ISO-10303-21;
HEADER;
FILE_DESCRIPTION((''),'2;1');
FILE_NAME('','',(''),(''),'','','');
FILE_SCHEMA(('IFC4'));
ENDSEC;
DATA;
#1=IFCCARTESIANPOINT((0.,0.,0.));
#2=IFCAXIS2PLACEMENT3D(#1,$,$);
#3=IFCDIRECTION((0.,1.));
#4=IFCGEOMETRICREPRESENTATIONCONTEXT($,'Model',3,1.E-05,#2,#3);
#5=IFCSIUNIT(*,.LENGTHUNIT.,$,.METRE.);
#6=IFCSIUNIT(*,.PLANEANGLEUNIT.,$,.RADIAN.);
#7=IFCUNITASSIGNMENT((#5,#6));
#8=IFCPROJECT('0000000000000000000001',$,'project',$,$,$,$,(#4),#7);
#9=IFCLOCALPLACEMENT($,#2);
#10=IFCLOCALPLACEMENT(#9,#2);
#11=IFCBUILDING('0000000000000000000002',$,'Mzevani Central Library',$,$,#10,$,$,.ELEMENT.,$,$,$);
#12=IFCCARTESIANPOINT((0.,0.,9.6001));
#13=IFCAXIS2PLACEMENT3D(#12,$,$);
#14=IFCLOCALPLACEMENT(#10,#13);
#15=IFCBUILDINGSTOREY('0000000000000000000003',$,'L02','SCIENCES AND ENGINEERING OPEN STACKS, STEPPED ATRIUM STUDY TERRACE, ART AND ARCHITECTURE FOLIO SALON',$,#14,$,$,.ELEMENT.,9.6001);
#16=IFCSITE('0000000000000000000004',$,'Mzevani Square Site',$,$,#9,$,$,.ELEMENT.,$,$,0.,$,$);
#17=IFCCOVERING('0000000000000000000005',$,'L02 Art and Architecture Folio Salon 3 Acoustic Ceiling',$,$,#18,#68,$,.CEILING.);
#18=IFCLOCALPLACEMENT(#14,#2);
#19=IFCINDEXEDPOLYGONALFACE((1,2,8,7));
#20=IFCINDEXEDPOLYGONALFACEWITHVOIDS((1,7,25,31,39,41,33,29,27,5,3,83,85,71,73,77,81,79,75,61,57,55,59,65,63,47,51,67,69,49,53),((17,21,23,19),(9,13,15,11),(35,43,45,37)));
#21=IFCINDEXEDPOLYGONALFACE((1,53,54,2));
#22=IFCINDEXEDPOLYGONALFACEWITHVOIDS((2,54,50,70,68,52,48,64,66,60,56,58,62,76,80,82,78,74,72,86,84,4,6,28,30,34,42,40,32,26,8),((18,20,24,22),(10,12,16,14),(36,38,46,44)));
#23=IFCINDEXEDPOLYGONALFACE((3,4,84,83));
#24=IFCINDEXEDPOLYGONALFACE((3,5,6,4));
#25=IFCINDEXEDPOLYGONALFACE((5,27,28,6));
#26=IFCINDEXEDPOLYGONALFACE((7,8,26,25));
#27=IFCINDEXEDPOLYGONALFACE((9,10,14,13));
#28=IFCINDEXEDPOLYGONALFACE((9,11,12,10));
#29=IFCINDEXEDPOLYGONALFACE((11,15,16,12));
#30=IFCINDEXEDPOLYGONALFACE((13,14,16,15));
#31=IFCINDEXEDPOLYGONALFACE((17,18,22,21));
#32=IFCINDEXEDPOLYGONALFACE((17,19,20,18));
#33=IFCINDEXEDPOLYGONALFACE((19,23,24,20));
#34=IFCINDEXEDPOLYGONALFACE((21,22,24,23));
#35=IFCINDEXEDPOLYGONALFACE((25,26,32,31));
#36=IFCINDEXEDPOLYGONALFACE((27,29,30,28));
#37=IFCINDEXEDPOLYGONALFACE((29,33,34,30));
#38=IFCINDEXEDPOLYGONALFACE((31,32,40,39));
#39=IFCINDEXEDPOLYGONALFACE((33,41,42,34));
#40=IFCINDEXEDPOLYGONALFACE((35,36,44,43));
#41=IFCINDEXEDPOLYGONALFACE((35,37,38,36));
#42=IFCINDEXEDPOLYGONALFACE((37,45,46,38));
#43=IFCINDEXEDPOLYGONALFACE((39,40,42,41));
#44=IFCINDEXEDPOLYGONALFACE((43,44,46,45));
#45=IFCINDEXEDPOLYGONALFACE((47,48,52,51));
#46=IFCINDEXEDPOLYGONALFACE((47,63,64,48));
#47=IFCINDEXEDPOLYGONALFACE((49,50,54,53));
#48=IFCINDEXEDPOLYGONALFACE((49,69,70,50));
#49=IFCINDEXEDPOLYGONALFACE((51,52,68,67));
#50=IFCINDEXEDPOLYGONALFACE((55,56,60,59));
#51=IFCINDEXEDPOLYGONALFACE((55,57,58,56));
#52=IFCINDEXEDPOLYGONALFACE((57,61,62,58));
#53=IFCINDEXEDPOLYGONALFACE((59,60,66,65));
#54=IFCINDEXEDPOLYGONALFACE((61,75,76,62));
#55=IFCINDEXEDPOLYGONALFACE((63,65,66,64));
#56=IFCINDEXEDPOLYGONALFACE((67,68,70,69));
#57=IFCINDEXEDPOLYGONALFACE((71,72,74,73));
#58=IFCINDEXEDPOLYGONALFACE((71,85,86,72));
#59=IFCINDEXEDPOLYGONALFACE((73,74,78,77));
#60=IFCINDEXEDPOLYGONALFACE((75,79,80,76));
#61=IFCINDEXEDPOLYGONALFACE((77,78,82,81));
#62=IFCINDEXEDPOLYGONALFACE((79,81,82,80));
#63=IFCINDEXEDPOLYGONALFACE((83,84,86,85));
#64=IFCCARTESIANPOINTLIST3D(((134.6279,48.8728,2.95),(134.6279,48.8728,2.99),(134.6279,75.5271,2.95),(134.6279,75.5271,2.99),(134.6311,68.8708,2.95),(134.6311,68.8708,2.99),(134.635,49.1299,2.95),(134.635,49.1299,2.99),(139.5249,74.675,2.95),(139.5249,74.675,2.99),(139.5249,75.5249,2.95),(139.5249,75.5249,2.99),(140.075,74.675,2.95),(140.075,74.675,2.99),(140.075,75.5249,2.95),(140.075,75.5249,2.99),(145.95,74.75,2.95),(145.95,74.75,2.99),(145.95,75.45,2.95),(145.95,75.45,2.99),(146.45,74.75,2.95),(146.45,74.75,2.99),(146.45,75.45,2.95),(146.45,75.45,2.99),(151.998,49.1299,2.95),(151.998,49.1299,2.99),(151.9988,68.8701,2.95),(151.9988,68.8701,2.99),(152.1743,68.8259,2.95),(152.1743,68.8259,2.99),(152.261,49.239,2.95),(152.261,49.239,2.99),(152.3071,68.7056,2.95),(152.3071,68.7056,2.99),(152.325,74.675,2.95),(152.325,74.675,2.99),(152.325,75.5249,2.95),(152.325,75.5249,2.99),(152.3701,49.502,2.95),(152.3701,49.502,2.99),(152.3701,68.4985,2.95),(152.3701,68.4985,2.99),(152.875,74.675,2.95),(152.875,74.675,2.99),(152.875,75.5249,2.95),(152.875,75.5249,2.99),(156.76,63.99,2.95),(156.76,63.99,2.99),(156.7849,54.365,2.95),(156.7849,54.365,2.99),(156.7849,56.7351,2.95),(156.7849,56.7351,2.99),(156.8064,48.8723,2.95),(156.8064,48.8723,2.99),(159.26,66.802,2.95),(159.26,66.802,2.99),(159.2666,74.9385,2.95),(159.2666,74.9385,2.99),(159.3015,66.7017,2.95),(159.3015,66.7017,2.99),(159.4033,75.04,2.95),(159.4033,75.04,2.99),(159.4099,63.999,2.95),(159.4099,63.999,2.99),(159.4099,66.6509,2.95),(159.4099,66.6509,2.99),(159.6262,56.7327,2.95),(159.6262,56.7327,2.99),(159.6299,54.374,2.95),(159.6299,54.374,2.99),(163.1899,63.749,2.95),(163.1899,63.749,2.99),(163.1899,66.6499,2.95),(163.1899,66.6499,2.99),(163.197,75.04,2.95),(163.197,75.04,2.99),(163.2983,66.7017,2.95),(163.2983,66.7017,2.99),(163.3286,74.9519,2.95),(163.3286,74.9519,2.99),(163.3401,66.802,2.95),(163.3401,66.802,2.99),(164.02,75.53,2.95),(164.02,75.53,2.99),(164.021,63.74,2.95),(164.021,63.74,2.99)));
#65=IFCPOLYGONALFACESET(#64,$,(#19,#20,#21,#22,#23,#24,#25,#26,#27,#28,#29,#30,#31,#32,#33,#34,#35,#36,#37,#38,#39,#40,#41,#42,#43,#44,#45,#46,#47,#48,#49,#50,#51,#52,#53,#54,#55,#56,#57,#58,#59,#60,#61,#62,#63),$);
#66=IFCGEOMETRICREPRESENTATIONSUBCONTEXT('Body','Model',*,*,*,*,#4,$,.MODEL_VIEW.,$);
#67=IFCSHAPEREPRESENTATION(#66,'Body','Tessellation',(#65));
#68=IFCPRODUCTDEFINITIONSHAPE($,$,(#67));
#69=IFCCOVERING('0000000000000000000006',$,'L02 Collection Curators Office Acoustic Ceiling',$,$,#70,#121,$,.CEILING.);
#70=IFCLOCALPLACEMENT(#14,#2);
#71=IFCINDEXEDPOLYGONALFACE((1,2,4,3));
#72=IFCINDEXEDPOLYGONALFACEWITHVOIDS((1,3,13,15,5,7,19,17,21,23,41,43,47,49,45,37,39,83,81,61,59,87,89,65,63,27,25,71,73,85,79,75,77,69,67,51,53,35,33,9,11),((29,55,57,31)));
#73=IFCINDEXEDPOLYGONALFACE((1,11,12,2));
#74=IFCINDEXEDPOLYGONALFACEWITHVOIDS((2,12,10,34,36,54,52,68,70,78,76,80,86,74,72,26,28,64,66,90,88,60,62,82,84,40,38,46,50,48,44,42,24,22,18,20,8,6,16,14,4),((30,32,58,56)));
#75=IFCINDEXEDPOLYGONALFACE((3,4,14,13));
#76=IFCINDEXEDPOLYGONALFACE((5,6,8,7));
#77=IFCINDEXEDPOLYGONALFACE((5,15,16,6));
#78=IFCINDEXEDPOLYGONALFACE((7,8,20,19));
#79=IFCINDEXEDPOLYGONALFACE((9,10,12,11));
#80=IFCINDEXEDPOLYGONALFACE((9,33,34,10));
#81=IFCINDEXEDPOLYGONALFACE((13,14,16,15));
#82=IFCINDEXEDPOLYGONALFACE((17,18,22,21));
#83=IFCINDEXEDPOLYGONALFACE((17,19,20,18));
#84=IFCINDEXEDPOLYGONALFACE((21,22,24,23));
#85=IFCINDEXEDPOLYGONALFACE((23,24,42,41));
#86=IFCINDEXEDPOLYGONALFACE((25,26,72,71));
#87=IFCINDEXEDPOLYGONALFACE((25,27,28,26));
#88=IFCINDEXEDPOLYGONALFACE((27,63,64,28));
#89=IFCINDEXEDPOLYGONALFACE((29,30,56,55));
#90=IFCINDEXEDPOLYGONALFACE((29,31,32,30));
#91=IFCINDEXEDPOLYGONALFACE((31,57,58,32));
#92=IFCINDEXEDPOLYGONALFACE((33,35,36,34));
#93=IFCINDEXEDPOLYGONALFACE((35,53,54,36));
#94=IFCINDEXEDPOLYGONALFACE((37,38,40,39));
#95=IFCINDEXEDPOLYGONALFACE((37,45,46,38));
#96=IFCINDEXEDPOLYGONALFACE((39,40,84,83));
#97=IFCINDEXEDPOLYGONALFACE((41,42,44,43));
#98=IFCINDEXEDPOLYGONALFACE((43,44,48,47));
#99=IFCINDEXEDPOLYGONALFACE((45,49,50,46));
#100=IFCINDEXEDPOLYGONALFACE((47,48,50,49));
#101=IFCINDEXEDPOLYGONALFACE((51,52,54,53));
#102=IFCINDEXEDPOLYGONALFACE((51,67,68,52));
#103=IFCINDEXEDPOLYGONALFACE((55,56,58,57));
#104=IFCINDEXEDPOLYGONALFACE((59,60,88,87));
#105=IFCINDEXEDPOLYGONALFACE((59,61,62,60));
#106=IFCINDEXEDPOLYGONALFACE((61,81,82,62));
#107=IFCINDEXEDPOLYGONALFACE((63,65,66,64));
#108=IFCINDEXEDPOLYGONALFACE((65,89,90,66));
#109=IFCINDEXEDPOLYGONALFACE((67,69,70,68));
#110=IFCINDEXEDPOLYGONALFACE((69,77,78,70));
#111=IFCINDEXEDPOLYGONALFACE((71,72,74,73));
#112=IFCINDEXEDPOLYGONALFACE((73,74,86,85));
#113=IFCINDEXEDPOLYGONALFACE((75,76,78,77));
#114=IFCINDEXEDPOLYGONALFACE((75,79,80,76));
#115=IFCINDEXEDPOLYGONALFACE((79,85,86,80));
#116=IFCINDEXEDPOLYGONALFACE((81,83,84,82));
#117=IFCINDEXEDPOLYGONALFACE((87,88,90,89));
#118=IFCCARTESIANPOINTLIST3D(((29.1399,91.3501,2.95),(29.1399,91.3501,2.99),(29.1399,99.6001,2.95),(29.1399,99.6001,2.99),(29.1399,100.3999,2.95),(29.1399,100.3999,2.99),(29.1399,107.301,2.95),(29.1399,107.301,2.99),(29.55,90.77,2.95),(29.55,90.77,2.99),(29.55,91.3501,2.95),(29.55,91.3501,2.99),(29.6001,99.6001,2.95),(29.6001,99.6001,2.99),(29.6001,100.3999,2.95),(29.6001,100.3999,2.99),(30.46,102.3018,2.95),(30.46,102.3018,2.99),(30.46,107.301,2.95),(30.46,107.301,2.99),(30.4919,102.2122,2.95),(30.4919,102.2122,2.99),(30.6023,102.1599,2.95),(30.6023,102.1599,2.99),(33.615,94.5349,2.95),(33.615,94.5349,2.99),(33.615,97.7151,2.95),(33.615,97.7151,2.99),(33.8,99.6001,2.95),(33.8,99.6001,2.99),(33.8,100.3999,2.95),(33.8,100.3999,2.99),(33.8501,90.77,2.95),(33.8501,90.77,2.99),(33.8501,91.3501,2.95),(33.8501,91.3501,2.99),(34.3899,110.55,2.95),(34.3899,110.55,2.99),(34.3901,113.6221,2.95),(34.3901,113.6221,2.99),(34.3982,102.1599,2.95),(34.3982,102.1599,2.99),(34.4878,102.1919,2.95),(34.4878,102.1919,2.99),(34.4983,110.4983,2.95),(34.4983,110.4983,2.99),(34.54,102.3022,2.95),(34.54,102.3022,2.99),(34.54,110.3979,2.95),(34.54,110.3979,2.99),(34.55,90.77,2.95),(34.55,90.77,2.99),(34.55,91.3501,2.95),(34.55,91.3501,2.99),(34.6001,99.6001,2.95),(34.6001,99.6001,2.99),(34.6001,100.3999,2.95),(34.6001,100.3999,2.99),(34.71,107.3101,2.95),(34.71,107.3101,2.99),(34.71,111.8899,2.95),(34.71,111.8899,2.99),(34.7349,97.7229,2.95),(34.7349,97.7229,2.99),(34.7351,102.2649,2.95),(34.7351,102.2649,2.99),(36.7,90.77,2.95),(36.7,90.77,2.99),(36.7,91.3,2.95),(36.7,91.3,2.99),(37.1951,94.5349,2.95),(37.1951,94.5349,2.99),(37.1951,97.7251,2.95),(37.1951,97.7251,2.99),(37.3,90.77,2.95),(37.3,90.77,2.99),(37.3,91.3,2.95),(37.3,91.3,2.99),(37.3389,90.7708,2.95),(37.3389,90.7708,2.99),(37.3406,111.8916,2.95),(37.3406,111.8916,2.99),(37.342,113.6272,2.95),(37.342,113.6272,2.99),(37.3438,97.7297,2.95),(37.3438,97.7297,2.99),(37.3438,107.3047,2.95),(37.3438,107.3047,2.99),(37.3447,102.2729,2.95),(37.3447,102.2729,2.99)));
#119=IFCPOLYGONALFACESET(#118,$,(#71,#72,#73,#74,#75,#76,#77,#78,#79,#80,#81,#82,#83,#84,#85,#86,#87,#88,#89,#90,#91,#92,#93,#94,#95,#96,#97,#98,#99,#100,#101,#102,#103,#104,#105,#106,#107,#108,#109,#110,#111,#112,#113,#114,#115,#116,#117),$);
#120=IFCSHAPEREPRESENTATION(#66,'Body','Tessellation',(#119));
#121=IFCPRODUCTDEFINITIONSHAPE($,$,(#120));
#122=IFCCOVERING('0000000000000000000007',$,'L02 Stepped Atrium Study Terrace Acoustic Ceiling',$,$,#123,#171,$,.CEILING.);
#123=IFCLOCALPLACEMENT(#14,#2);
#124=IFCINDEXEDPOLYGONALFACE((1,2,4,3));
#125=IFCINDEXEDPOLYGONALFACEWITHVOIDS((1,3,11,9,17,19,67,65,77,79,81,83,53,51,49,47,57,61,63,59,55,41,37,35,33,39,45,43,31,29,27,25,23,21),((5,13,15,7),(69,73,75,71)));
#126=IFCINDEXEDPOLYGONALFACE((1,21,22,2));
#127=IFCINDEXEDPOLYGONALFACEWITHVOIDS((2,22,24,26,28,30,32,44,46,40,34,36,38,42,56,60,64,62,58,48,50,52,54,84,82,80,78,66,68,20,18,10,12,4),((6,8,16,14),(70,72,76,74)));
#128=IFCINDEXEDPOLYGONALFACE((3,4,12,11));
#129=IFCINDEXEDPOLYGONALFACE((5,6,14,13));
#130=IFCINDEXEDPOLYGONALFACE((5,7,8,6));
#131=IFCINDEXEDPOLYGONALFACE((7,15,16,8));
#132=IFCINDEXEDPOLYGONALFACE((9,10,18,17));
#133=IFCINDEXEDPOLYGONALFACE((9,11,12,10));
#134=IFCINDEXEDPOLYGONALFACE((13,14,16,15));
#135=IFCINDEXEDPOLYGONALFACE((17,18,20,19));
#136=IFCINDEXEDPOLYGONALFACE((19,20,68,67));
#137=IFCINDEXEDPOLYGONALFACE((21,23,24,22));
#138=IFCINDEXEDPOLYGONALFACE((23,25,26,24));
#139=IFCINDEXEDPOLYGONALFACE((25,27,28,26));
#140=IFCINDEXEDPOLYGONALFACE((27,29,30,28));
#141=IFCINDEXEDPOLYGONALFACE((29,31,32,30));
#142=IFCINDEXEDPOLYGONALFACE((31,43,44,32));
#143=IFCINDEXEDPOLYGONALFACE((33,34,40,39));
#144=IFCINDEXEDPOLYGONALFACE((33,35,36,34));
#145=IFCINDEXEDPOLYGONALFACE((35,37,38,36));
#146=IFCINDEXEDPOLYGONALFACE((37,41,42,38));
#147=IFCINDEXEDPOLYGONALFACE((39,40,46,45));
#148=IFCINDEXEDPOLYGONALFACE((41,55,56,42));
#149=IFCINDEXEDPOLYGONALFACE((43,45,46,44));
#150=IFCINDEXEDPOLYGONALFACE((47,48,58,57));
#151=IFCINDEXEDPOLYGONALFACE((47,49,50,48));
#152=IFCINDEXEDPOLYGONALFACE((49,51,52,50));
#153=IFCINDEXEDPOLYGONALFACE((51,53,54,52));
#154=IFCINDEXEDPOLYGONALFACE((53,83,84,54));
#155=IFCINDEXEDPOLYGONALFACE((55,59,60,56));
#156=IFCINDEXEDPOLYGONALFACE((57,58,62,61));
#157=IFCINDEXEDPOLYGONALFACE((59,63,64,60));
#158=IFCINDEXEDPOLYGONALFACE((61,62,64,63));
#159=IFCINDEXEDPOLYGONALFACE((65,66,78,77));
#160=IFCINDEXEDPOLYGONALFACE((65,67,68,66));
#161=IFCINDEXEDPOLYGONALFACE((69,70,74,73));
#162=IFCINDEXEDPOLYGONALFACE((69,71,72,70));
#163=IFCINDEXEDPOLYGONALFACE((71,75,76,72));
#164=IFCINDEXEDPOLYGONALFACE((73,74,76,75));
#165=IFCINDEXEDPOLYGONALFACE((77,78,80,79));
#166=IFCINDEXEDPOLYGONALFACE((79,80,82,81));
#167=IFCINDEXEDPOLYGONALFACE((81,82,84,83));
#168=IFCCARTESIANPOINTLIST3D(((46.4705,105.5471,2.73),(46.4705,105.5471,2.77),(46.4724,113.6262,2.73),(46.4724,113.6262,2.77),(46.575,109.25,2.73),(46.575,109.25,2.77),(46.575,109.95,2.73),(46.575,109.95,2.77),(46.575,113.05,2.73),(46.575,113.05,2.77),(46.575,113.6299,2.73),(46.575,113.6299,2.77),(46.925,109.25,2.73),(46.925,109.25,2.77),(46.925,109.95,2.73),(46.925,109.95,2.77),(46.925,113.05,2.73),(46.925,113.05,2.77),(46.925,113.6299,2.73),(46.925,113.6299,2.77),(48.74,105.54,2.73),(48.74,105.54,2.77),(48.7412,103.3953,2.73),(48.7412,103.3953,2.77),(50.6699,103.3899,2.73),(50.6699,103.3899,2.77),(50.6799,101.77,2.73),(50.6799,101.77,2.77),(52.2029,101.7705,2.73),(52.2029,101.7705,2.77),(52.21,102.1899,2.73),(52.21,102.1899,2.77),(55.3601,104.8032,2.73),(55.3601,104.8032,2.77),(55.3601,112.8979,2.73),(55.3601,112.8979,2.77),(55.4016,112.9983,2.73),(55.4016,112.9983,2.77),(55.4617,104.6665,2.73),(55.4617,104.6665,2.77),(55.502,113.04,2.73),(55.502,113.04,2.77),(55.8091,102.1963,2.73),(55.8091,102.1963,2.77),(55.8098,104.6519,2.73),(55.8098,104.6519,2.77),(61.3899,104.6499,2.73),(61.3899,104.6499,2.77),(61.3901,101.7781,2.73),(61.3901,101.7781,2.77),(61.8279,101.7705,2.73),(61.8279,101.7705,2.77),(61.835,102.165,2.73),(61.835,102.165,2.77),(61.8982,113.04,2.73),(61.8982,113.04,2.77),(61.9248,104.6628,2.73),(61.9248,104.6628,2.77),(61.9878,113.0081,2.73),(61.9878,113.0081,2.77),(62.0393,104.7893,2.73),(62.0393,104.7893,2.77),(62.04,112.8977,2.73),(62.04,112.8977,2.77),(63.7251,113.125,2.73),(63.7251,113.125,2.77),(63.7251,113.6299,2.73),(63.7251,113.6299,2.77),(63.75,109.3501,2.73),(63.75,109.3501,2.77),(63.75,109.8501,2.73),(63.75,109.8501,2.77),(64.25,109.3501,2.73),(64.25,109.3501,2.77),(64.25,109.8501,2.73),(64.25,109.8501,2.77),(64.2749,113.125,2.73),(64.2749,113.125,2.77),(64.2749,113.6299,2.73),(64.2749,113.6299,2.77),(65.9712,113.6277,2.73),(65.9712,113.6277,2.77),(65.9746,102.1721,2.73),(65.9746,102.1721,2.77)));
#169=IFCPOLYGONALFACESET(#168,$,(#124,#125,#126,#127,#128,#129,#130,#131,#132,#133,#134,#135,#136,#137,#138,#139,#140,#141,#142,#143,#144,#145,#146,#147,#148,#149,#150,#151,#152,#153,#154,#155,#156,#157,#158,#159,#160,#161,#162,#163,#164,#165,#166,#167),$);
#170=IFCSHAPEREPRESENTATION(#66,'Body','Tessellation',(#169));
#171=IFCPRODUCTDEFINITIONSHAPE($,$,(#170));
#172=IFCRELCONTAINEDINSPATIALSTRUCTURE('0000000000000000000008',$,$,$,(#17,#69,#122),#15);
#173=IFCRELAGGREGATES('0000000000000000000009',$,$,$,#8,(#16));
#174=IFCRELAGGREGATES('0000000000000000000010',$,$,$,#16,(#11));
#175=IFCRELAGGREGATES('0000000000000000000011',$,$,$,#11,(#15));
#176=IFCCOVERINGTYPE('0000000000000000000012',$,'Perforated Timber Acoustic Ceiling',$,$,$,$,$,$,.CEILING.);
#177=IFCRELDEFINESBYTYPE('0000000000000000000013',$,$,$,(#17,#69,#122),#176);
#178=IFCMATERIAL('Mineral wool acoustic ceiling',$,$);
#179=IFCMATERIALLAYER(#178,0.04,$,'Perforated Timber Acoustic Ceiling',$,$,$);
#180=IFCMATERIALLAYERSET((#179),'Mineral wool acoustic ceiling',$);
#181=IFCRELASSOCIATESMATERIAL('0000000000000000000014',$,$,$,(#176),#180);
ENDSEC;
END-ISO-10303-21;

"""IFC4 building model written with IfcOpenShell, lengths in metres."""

from ifc_helpers import new_model, si_unit, direction, frame, origin, place, context, subcontext, project, spatial, polyline, outline, extrude, material, layer, layer_set, type_object, element, save


model = new_model("IFC4")

# Units and contexts
model_context = context("Model", 3, precision=1e-05, world=origin(), true_north=direction((0.0, 1.0)))
body_context = subcontext(model_context, "Body", "Model", "MODEL_VIEW")
ifc_project = project(units=[si_unit("LENGTHUNIT", "METRE"), si_unit("PLANEANGLEUNIT", "RADIAN")], contexts=[model_context])

# Site, building, storey
site_placement = place(None, origin())
site = spatial("IfcSite", under=ifc_project, at=site_placement, Name="Mzevani Square Site", CompositionType="ELEMENT", RefElevation=0.0)
building_placement = place(site_placement, origin())
building = spatial("IfcBuilding", under=site, at=building_placement, Name="Mzevani Central Library", CompositionType="ELEMENT")
storey_placement = place(building_placement, frame((0.0, 0.0, 9.6001)))
storey = spatial("IfcBuildingStorey", under=building, at=storey_placement, Name="L02", Description="SCIENCES AND ENGINEERING OPEN STACKS, STEPPED ATRIUM STUDY TERRACE, ART AND ARCHITECTURE FOLIO SALON", CompositionType="ELEMENT", Elevation=9.6001)

# Coverings
ifc_material_1 = material(Name="Mineral wool acoustic ceiling")
ifc_layer_1 = layer(ifc_material_1, 0.04, Name="Perforated Timber Acoustic Ceiling")
ifc_layer_set_1 = layer_set([ifc_layer_1], Name="Mineral wool acoustic ceiling")
covering_type_1 = type_object("IfcCoveringType", Name="Perforated Timber Acoustic Ceiling", PredefinedType="CEILING", material=ifc_layer_set_1)
covering_1_placement = place(storey_placement, frame((0.0, 0.0, 2.95)))
element("IfcCovering", 1, at=covering_1_placement, inside=storey, type_object=covering_type_1, Name="L02 Art and Architecture Folio Salon 3 Acoustic Ceiling", PredefinedType="CEILING", context=body_context, shape_type="SweptSolid", body=[
    extrude(outline(polyline([(164.02, 75.53), (164.021, 63.74), (163.1899, 63.749), (163.1899, 66.6499), (163.2983, 66.7017), (163.3401, 66.802), (163.3286, 74.9519), (163.197, 75.04), (159.4033, 75.04), (159.2666, 74.9385), (159.26, 66.802), (159.3015, 66.7017), (159.4099, 66.6509), (159.4099, 63.999), (156.76, 63.99), (156.7849, 56.7351), (159.6262, 56.7327), (159.6299, 54.374), (156.7849, 54.365), (156.8064, 48.8723), (134.6279, 48.8728), (134.635, 49.1299), (151.998, 49.1299), (152.261, 49.239), (152.3701, 49.502), (152.3701, 68.4985), (152.3071, 68.7056), (152.1743, 68.8259), (151.9988, 68.8701), (134.6311, 68.8708), (134.6279, 75.5271), (164.02, 75.53)]), holes=[polyline([(139.5249, 74.675), (140.075, 74.675), (140.075, 75.5249), (139.5249, 75.5249), (139.5249, 74.675)]), polyline([(145.95, 75.45), (145.95, 74.75), (146.45, 74.75), (146.45, 75.45), (145.95, 75.45)]), polyline([(152.875, 75.5249), (152.325, 75.5249), (152.325, 74.675), (152.875, 74.675), (152.875, 75.5249)])]), origin(), (0.0, 0.0, 1.0), 0.04),
])
covering_2_placement = place(storey_placement, frame((0.0, 0.0, 2.95)))
element("IfcCovering", 2, at=covering_2_placement, inside=storey, type_object=covering_type_1, Name="L02 Collection Curators Office Acoustic Ceiling", PredefinedType="CEILING", context=body_context, shape_type="SweptSolid", body=[
    extrude(outline(polyline([(30.46, 107.301), (30.46, 102.3018), (30.4919, 102.2122), (30.6023, 102.1599), (34.3982, 102.1599), (34.4878, 102.1919), (34.54, 102.3022), (34.54, 110.3979), (34.4983, 110.4983), (34.3899, 110.55), (34.3901, 113.6221), (37.342, 113.6272), (37.3406, 111.8916), (34.71, 111.8899), (34.71, 107.3101), (37.3438, 107.3047), (37.3447, 102.2729), (34.7351, 102.2649), (34.7349, 97.7229), (33.615, 97.7151), (33.615, 94.5349), (37.1951, 94.5349), (37.1951, 97.7251), (37.3438, 97.7297), (37.3389, 90.7708), (37.3, 90.77), (37.3, 91.3), (36.7, 91.3), (36.7, 90.77), (34.55, 90.77), (34.55, 91.3501), (33.8501, 91.3501), (33.8501, 90.77), (29.55, 90.77), (29.55, 91.3501), (29.1399, 91.3501), (29.1399, 99.6001), (29.6001, 99.6001), (29.6001, 100.3999), (29.1399, 100.3999), (29.1399, 107.301), (30.46, 107.301)]), holes=[polyline([(33.8, 100.3999), (33.8, 99.6001), (34.6001, 99.6001), (34.6001, 100.3999), (33.8, 100.3999)])]), origin(), (0.0, 0.0, 1.0), 0.04),
])
covering_3_placement = place(storey_placement, frame((0.0, 0.0, 2.73)))
element("IfcCovering", 3, at=covering_3_placement, inside=storey, type_object=covering_type_1, Name="L02 Stepped Atrium Study Terrace Acoustic Ceiling", PredefinedType="CEILING", context=body_context, shape_type="SweptSolid", body=[
    extrude(outline(polyline([(61.8279, 101.7705), (61.3901, 101.7781), (61.3899, 104.6499), (61.9248, 104.6628), (62.0393, 104.7893), (62.04, 112.8977), (61.9878, 113.0081), (61.8982, 113.04), (55.502, 113.04), (55.4016, 112.9983), (55.3601, 112.8979), (55.3601, 104.8032), (55.4617, 104.6665), (55.8098, 104.6519), (55.8091, 102.1963), (52.21, 102.1899), (52.2029, 101.7705), (50.6799, 101.77), (50.6699, 103.3899), (48.7412, 103.3953), (48.74, 105.54), (46.4705, 105.5471), (46.4724, 113.6262), (46.575, 113.6299), (46.575, 113.05), (46.925, 113.05), (46.925, 113.6299), (63.7251, 113.6299), (63.7251, 113.125), (64.2749, 113.125), (64.2749, 113.6299), (65.9712, 113.6277), (65.9746, 102.1721), (61.835, 102.165), (61.8279, 101.7705)]), holes=[polyline([(46.925, 109.25), (46.925, 109.95), (46.575, 109.95), (46.575, 109.25), (46.925, 109.25)]), polyline([(63.75, 109.8501), (63.75, 109.3501), (64.25, 109.3501), (64.25, 109.8501), (63.75, 109.8501)])]), origin(), (0.0, 0.0, 1.0), 0.04),
])

save(model, "model.ifc")
